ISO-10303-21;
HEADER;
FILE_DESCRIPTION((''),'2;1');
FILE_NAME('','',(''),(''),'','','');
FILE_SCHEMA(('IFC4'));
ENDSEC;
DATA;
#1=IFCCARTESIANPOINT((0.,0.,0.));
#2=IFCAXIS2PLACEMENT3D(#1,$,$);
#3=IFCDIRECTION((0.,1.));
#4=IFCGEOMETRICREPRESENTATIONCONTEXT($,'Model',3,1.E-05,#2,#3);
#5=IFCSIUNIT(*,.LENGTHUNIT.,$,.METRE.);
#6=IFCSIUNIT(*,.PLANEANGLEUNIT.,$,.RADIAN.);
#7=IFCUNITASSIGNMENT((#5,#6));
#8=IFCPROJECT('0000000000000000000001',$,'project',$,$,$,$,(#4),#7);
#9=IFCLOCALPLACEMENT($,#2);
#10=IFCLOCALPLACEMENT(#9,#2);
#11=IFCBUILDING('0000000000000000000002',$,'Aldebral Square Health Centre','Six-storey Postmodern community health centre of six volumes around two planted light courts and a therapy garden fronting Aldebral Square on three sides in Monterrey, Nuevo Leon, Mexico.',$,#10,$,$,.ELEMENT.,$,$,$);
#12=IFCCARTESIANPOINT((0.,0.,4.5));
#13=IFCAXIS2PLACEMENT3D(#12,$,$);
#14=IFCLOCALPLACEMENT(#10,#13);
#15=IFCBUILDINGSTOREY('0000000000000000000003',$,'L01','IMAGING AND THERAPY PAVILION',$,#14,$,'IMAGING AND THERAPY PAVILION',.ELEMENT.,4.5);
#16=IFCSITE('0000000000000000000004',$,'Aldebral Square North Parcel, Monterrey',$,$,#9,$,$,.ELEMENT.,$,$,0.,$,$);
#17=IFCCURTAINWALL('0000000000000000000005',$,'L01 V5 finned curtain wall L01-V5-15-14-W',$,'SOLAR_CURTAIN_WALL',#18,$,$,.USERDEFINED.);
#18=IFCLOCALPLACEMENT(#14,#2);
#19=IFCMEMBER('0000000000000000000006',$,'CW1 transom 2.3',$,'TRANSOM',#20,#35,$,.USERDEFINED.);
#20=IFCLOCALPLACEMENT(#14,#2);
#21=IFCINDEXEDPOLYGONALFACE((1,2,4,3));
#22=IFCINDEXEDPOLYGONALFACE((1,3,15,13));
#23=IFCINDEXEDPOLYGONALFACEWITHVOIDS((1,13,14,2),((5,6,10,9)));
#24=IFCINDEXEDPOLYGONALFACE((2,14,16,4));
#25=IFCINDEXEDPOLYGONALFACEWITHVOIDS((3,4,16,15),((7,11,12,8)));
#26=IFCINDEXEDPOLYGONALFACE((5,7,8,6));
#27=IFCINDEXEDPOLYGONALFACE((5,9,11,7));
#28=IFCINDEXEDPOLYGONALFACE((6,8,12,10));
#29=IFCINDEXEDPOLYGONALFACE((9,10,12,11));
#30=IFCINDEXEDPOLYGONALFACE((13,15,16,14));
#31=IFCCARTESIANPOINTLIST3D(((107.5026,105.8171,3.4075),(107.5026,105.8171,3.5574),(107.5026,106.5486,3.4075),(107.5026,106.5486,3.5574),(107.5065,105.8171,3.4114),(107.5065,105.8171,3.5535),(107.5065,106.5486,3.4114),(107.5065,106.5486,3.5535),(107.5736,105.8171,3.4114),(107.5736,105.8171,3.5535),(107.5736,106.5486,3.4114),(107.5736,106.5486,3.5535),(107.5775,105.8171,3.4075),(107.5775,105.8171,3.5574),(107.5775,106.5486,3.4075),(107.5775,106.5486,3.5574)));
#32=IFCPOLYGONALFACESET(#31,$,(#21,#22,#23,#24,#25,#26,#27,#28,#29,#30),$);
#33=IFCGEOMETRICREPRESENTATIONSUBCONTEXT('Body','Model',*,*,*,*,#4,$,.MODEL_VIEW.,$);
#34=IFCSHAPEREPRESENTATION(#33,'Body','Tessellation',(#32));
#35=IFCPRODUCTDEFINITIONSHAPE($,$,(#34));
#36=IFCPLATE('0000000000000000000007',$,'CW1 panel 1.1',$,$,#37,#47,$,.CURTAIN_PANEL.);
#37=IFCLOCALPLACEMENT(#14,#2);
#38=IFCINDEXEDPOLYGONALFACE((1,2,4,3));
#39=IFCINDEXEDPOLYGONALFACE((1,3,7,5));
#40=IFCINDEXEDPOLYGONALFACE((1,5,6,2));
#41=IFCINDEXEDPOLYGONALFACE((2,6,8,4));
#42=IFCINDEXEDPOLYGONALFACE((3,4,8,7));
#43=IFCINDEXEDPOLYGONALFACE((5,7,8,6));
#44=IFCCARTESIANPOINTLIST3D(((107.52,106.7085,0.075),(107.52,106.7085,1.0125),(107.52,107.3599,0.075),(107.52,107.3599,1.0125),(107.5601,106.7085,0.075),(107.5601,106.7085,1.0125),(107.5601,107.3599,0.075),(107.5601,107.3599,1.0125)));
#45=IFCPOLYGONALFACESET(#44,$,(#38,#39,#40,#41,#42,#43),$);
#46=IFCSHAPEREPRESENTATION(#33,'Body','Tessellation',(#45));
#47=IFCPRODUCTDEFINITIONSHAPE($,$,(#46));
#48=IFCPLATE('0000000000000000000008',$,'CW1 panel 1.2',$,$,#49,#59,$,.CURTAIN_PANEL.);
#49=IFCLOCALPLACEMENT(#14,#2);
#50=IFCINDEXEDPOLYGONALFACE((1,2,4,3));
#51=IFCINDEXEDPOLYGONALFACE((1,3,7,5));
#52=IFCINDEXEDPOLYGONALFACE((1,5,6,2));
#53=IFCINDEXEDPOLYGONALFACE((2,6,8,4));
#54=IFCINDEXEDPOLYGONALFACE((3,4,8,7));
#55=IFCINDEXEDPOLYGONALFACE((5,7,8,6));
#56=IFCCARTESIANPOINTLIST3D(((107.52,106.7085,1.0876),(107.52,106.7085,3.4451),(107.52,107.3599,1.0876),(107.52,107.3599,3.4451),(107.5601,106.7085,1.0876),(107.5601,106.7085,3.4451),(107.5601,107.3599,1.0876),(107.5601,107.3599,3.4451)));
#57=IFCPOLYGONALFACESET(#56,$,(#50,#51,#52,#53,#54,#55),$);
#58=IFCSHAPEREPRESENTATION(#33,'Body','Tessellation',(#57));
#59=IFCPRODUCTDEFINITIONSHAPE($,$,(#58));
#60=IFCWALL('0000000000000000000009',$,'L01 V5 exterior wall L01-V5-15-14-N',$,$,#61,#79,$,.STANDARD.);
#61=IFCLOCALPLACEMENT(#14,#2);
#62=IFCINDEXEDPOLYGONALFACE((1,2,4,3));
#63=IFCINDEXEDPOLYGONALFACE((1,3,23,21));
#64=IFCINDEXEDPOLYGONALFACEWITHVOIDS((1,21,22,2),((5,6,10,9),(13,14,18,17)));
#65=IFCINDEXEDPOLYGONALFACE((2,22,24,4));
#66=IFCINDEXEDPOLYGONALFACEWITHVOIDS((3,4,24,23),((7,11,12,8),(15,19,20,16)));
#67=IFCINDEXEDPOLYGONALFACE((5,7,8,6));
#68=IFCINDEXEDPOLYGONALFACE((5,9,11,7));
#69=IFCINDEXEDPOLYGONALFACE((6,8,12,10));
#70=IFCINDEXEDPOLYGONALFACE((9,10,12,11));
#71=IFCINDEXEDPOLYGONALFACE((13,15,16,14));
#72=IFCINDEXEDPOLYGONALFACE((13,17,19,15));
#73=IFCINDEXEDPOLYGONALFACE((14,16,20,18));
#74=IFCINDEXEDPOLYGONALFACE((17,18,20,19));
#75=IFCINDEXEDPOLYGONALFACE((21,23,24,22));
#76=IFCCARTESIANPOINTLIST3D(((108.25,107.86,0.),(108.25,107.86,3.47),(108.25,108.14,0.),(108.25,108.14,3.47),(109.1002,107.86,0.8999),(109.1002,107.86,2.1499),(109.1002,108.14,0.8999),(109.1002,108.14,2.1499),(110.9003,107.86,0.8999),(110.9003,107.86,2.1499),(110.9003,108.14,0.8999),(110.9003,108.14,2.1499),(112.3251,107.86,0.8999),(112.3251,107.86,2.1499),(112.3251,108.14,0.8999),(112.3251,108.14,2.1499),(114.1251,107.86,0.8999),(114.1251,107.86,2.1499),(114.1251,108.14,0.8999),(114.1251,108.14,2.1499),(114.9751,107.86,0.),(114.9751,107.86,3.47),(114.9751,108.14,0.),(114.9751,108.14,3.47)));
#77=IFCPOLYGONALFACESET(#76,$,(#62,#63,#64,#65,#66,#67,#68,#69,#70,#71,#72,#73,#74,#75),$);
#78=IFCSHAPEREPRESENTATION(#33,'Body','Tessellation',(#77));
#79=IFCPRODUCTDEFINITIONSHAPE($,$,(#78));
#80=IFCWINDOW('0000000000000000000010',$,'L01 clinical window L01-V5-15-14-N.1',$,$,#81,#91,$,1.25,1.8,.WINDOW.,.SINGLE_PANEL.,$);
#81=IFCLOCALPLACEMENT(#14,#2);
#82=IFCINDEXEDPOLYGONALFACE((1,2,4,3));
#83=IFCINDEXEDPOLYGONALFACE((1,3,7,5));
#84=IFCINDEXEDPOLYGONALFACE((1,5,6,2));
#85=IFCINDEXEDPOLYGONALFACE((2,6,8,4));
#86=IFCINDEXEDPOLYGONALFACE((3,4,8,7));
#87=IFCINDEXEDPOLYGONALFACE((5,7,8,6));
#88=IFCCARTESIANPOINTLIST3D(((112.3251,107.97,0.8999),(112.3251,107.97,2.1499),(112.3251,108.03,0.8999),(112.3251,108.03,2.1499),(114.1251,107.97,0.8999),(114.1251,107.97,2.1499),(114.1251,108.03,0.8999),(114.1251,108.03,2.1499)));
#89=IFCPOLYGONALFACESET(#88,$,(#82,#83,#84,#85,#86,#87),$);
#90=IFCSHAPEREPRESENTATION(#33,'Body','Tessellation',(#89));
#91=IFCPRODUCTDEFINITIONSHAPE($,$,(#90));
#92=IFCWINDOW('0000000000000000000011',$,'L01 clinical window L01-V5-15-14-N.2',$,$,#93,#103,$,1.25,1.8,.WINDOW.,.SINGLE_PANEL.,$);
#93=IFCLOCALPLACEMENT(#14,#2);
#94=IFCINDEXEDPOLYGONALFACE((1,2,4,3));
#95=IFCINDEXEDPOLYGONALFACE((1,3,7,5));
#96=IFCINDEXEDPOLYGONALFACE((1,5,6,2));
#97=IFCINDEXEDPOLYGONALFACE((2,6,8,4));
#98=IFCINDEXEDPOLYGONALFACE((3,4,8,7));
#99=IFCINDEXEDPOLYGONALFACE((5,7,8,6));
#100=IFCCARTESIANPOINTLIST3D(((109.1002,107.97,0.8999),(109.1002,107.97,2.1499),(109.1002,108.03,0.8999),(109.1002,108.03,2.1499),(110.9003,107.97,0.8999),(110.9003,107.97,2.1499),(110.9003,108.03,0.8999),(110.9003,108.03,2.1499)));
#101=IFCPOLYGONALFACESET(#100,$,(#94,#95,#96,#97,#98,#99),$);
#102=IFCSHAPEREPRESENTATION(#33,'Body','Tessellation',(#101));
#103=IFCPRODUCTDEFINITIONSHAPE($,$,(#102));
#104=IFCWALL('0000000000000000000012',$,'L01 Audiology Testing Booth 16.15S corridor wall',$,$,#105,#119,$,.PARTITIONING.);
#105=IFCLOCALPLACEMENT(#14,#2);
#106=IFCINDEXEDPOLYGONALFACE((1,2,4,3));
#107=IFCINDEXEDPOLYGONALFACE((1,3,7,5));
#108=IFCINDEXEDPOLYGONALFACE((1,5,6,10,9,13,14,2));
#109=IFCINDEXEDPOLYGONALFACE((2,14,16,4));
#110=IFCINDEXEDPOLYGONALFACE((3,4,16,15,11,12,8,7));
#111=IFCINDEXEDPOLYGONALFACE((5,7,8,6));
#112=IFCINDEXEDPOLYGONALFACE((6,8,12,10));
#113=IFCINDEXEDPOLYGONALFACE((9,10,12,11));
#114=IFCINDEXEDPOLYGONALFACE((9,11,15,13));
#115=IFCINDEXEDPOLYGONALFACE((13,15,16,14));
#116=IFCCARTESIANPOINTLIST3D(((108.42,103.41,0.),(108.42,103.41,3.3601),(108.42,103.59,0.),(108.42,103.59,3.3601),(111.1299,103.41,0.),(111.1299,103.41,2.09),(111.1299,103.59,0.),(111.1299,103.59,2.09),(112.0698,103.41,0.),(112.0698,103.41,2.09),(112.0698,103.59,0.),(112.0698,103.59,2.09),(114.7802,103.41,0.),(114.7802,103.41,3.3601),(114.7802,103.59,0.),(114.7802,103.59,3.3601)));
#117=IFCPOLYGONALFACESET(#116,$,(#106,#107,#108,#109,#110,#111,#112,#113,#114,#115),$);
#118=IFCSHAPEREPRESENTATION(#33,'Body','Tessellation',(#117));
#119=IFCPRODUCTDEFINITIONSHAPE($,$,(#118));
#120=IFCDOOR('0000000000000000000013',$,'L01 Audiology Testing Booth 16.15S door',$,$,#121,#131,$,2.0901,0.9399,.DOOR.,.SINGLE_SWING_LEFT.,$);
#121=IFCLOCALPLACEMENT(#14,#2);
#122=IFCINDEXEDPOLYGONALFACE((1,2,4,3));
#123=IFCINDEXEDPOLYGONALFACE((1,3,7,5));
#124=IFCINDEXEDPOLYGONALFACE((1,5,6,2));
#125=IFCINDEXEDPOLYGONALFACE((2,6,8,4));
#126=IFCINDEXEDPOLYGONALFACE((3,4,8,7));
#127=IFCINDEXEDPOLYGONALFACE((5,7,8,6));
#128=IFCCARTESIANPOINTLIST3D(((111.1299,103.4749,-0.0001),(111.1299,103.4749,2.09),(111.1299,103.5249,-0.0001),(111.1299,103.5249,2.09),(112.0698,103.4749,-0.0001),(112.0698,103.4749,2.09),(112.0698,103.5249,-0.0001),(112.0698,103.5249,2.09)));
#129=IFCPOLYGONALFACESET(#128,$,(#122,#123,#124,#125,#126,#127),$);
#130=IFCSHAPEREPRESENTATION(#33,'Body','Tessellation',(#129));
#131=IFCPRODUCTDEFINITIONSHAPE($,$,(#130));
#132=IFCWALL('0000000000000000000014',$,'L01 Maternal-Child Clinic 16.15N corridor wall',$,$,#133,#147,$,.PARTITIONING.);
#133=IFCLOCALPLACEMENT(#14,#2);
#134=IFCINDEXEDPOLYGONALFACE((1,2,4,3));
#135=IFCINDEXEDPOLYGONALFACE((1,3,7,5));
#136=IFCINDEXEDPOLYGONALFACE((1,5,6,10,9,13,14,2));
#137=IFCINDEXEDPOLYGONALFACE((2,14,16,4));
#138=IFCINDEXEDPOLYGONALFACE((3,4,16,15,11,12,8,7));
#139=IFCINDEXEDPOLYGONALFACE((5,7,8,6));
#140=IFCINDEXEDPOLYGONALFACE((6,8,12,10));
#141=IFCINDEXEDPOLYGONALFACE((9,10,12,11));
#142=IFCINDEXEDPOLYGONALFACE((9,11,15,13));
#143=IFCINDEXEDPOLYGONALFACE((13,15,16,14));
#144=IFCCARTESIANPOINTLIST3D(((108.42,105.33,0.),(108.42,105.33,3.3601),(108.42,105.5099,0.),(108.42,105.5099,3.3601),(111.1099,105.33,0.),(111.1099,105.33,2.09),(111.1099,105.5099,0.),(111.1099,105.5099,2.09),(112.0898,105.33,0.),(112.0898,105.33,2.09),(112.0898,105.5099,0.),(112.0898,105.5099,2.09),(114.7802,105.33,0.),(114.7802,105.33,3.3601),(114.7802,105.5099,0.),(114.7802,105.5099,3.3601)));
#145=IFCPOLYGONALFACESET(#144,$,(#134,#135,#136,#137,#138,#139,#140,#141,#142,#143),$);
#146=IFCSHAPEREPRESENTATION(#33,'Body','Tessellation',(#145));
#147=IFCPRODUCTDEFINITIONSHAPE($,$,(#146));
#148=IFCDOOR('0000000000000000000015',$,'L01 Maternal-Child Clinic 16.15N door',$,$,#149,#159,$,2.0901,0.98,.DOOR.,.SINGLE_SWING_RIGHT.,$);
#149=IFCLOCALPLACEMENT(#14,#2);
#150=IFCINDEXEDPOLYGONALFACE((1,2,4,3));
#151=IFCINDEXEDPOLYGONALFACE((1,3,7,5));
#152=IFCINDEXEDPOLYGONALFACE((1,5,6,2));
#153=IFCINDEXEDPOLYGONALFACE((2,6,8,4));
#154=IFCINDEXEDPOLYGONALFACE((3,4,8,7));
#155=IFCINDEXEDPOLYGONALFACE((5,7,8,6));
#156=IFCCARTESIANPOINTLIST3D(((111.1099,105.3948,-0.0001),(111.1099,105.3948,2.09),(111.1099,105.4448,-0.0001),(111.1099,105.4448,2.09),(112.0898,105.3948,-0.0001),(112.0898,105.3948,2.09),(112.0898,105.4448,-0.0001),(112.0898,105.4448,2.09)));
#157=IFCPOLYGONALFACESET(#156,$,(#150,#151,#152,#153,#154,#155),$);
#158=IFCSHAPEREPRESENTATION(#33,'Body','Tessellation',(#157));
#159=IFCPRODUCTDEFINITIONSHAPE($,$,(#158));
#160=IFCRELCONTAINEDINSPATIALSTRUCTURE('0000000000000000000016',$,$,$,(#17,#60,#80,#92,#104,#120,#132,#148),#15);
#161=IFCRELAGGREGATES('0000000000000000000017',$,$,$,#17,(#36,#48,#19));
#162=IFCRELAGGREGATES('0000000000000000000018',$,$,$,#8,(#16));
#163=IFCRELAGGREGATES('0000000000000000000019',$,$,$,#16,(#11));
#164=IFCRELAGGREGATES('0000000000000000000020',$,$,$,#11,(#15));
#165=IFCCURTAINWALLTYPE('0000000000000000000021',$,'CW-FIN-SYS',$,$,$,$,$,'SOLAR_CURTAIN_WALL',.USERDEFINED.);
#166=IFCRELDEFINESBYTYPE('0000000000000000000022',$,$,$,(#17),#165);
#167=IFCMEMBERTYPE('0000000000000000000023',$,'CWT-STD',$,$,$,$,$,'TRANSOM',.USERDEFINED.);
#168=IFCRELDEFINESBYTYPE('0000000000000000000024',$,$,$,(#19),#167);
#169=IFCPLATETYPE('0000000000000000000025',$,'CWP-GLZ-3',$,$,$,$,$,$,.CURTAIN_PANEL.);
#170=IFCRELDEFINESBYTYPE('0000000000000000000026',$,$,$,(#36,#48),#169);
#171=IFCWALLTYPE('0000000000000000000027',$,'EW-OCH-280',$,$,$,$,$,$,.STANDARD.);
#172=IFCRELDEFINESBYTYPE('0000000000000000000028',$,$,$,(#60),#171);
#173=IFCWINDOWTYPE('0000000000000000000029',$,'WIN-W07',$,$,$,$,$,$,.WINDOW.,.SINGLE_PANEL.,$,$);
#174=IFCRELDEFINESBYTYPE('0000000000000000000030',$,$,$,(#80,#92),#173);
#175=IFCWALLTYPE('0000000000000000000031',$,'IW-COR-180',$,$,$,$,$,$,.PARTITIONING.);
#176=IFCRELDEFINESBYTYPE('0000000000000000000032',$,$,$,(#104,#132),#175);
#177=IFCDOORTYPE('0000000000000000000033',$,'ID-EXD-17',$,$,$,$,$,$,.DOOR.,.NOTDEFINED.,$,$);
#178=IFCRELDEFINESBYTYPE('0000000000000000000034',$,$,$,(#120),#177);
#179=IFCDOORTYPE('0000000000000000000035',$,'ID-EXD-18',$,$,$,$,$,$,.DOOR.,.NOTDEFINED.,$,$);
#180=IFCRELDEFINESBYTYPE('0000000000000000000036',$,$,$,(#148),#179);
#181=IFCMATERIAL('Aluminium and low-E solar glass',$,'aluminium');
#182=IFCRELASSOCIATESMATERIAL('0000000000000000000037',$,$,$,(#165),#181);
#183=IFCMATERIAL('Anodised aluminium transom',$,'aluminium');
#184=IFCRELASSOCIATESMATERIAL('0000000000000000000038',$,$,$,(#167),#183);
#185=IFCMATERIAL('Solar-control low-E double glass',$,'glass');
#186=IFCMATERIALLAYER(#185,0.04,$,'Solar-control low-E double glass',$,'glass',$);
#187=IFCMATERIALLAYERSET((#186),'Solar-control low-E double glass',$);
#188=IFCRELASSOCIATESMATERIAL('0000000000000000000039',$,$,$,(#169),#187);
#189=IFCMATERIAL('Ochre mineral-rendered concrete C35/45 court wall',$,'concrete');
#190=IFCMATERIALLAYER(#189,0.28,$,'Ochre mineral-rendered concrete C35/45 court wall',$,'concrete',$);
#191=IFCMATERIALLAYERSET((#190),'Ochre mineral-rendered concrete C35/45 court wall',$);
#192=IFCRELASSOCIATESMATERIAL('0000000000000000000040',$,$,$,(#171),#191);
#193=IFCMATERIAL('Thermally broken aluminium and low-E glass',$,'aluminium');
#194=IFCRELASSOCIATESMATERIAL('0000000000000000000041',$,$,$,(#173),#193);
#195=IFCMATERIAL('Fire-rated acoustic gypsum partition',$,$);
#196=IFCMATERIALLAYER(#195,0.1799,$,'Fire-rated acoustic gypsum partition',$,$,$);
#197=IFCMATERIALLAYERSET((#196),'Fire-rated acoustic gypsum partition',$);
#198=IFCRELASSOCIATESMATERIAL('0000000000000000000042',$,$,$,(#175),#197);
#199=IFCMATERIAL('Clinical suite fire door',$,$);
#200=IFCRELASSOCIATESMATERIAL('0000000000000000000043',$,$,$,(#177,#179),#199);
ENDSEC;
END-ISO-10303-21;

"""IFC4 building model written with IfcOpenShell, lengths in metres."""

from ifc_helpers import new_model, si_unit, direction, frame, frame_2d, origin, origin_2d, place, context, subcontext, project, spatial, rectangle, hollow_rectangle, extrude, material, layer, layer_set, material_profile, profile_set, type_object, element, fill, aggregate, save


model = new_model("IFC4")

# Units and contexts
model_context = context("Model", 3, precision=1e-05, world=origin(), true_north=direction((0.0, 1.0)))
body_context = subcontext(model_context, "Body", "Model", "MODEL_VIEW")
ifc_project = project(units=[si_unit("LENGTHUNIT", "METRE"), si_unit("PLANEANGLEUNIT", "RADIAN")], contexts=[model_context])

# Site, building, storey
site_placement = place(None, origin())
site = spatial("IfcSite", under=ifc_project, at=site_placement, Name="Aldebral Square North Parcel, Monterrey", CompositionType="ELEMENT", RefElevation=0.0)
building_placement = place(site_placement, origin())
building = spatial("IfcBuilding", under=site, at=building_placement, Name="Aldebral Square Health Centre", Description="Six-storey Postmodern community health centre of six volumes around two planted light courts and a therapy garden fronting Aldebral Square on three sides in Monterrey, Nuevo Leon, Mexico.", CompositionType="ELEMENT")
storey_placement = place(building_placement, frame((0.0, 0.0, 4.5)))
storey = spatial("IfcBuildingStorey", under=building, at=storey_placement, Name="L01", Description="IMAGING AND THERAPY PAVILION", LongName="IMAGING AND THERAPY PAVILION", CompositionType="ELEMENT", Elevation=4.5)

# Curtain wall, member, plates
ifc_material_1 = material(Name="Aluminium and low-E solar glass", Category="aluminium")
curtain_wall_type = type_object("IfcCurtainWallType", Name="CW-FIN-SYS", ElementType="SOLAR_CURTAIN_WALL", PredefinedType="USERDEFINED", material=ifc_material_1)
curtain_wall_placement = place(storey_placement, origin())
curtain_wall = element("IfcCurtainWall", 1, at=curtain_wall_placement, inside=storey, type_object=curtain_wall_type, Name="L01 V5 finned curtain wall L01-V5-15-14-W", ObjectType="SOLAR_CURTAIN_WALL", PredefinedType="USERDEFINED")
ifc_material_2 = material(Name="Anodised aluminium transom", Category="aluminium")
ifc_material_profile_1 = material_profile(ifc_material_2, hollow_rectangle(XDim=0.075, YDim=0.1499, WallThickness=0.0039, at=origin_2d()), Name="CWT 75x150x4")
ifc_profile_set_1 = profile_set([ifc_material_profile_1], Name="Anodised aluminium transom")
member_type_1 = type_object("IfcMemberType", Name="CWT-STD", ElementType="TRANSOM", PredefinedType="USERDEFINED", material=ifc_profile_set_1)
member_1_placement = place(storey_placement, frame((107.54, 106.5486, 3.4824), z_axis=(0.0, -1.0, 0.0), x_axis=(1.0, 0.0, 0.0)))
member_1 = element("IfcMember", 2, at=member_1_placement, type_object=member_type_1, Name="CW1 transom 2.3", ObjectType="TRANSOM", PredefinedType="USERDEFINED", context=body_context, shape_type="SweptSolid", body=[
    extrude(hollow_rectangle(XDim=0.075, YDim=0.1499, WallThickness=0.0039, at=origin_2d()), origin(), (0.0, 0.0, 1.0), 0.7314),
])
ifc_material_3 = material(Name="Solar-control low-E double glass", Category="glass")
ifc_layer_1 = layer(ifc_material_3, 0.04, Name="Solar-control low-E double glass", Category="glass")
ifc_layer_set_1 = layer_set([ifc_layer_1], Name="Solar-control low-E double glass")
plate_type = type_object("IfcPlateType", Name="CWP-GLZ-3", PredefinedType="CURTAIN_PANEL", material=ifc_layer_set_1)
plate_1_placement = place(storey_placement, frame((107.54, 107.0342, 0.075), z_axis=(0.0, 0.0, 1.0), x_axis=(0.0, -1.0, 0.0)))
plate_1 = element("IfcPlate", 3, at=plate_1_placement, type_object=plate_type, Name="CW1 panel 1.1", PredefinedType="CURTAIN_PANEL", context=body_context, shape_type="SweptSolid", body=[
    extrude(rectangle(XDim=0.6514, YDim=0.04, at=origin_2d()), origin(), (0.0, 0.0, 1.0), 0.9375),
])
plate_2_placement = place(storey_placement, frame((107.54, 107.0342, 1.0876), z_axis=(0.0, 0.0, 1.0), x_axis=(0.0, -1.0, 0.0)))
plate_2 = element("IfcPlate", 4, at=plate_2_placement, type_object=plate_type, Name="CW1 panel 1.2", PredefinedType="CURTAIN_PANEL", context=body_context, shape_type="SweptSolid", body=[
    extrude(rectangle(XDim=0.6514, YDim=0.04, at=origin_2d()), origin(), (0.0, 0.0, 1.0), 2.3574),
])
aggregate(curtain_wall, [plate_1, plate_2, member_1])

# Wall, openings, windows
ifc_material_4 = material(Name="Ochre mineral-rendered concrete C35/45 court wall", Category="concrete")
ifc_layer_2 = layer(ifc_material_4, 0.28, Name="Ochre mineral-rendered concrete C35/45 court wall", Category="concrete")
ifc_layer_set_2 = layer_set([ifc_layer_2], Name="Ochre mineral-rendered concrete C35/45 court wall")
wall_type_1 = type_object("IfcWallType", Name="EW-OCH-280", PredefinedType="STANDARD", material=ifc_layer_set_2)
wall_1_placement = place(storey_placement, frame((114.9751, 108.0, 0.0), z_axis=(0.0, 0.0, 1.0), x_axis=(-1.0, 0.0, 0.0)))
wall_1 = element("IfcWall", 5, at=wall_1_placement, inside=storey, type_object=wall_type_1, Name="L01 V5 exterior wall L01-V5-15-14-N", PredefinedType="STANDARD", context=body_context, shape_type="SweptSolid", body=[
    extrude(rectangle(XDim=6.7251, YDim=0.28, at=frame_2d((3.3625, 0.0))), origin(), (0.0, 0.0, 1.0), 3.47),
])
opening_1_placement = place(wall_1_placement, frame((0.8501, 0.0, 0.8999)))
opening_1 = element("IfcOpeningElement", 6, at=opening_1_placement, cuts=wall_1, PredefinedType="OPENING", context=body_context, shape_type="SweptSolid", body=[
    extrude(rectangle(XDim=1.8, YDim=1.25, at=frame_2d((0.8999, 0.625))), frame((0.0, 0.1499, 0.0), z_axis=(0.0, -1.0, 0.0), x_axis=(1.0, 0.0, 0.0)), (0.0, 0.0, 1.0), 0.3),
])
opening_2_placement = place(wall_1_placement, frame((4.075, 0.0, 0.8999)))
opening_2 = element("IfcOpeningElement", 7, at=opening_2_placement, cuts=wall_1, PredefinedType="OPENING", context=body_context, shape_type="SweptSolid", body=[
    extrude(rectangle(XDim=1.8, YDim=1.25, at=frame_2d((0.8999, 0.625))), frame((0.0, 0.1499, 0.0), z_axis=(0.0, -1.0, 0.0), x_axis=(1.0, 0.0, 0.0)), (0.0, 0.0, 1.0), 0.3),
])
ifc_material_5 = material(Name="Thermally broken aluminium and low-E glass", Category="aluminium")
window_type = type_object("IfcWindowType", Name="WIN-W07", PartitioningType="SINGLE_PANEL", PredefinedType="WINDOW", material=ifc_material_5)
window_1_placement = place(opening_1_placement, origin())
window_1 = element("IfcWindow", 8, at=window_1_placement, inside=storey, type_object=window_type, Name="L01 clinical window L01-V5-15-14-N.1", OverallHeight=1.25, OverallWidth=1.8, PartitioningType="SINGLE_PANEL", PredefinedType="WINDOW", context=body_context, shape_type="SweptSolid", body=[
    extrude(rectangle(XDim=1.8, YDim=1.25, at=frame_2d((0.8999, 0.625))), frame((0.0, 0.03, 0.0), z_axis=(0.0, -1.0, 0.0), x_axis=(1.0, 0.0, 0.0)), (0.0, 0.0, 1.0), 0.0601),
])
fill(opening_1, window_1)
window_2_placement = place(opening_2_placement, origin())
window_2 = element("IfcWindow", 9, at=window_2_placement, inside=storey, type_object=window_type, Name="L01 clinical window L01-V5-15-14-N.2", OverallHeight=1.25, OverallWidth=1.8, PartitioningType="SINGLE_PANEL", PredefinedType="WINDOW", context=body_context, shape_type="SweptSolid", body=[
    extrude(rectangle(XDim=1.8, YDim=1.25, at=frame_2d((0.8999, 0.625))), frame((0.0, 0.03, 0.0), z_axis=(0.0, -1.0, 0.0), x_axis=(1.0, 0.0, 0.0)), (0.0, 0.0, 1.0), 0.0601),
])
fill(opening_2, window_2)

# Walls, openings, doors
ifc_material_6 = material(Name="Fire-rated acoustic gypsum partition")
ifc_layer_3 = layer(ifc_material_6, 0.1799, Name="Fire-rated acoustic gypsum partition")
ifc_layer_set_3 = layer_set([ifc_layer_3], Name="Fire-rated acoustic gypsum partition")
wall_type_2 = type_object("IfcWallType", Name="IW-COR-180", PredefinedType="PARTITIONING", material=ifc_layer_set_3)
wall_2_placement = place(storey_placement, frame((108.4199, 103.5, 0.0), z_axis=(0.0, 0.0, 1.0), x_axis=(1.0, 0.0, 0.0)))
wall_2 = element("IfcWall", 10, at=wall_2_placement, inside=storey, type_object=wall_type_2, Name="L01 Audiology Testing Booth 16.15S corridor wall", PredefinedType="PARTITIONING", context=body_context, shape_type="SweptSolid", body=[
    extrude(rectangle(XDim=6.3601, YDim=0.1799, at=frame_2d((3.1802, 0.0))), origin(), (0.0, 0.0, 1.0), 3.3601),
])
opening_3_placement = place(wall_2_placement, frame((2.71, 0.0, 0.0)))
opening_3 = element("IfcOpeningElement", 11, at=opening_3_placement, cuts=wall_2, PredefinedType="OPENING", context=body_context, shape_type="SweptSolid", body=[
    extrude(rectangle(XDim=0.9399, YDim=2.0901, at=frame_2d((0.47, 1.0449))), frame((0.0, 0.1001, 0.0), z_axis=(0.0, -1.0, 0.0), x_axis=(1.0, 0.0, 0.0)), (0.0, 0.0, 1.0), 0.2),
])
ifc_material_7 = material(Name="Clinical suite fire door")
door_type_1 = type_object("IfcDoorType", Name="ID-EXD-17", OperationType="NOTDEFINED", PredefinedType="DOOR", material=ifc_material_7)
door_1_placement = place(opening_3_placement, origin())
door_1 = element("IfcDoor", 12, at=door_1_placement, inside=storey, type_object=door_type_1, Name="L01 Audiology Testing Booth 16.15S door", OperationType="SINGLE_SWING_LEFT", OverallHeight=2.0901, OverallWidth=0.9399, PredefinedType="DOOR", context=body_context, shape_type="SweptSolid", body=[
    extrude(rectangle(XDim=0.9399, YDim=2.0901, at=frame_2d((0.47, 1.0449))), frame((0.0, 0.0249, 0.0), z_axis=(0.0, -1.0, 0.0), x_axis=(1.0, 0.0, 0.0)), (0.0, 0.0, 1.0), 0.05),
])
fill(opening_3, door_1)
wall_3_placement = place(storey_placement, frame((108.4199, 105.4199, 0.0), z_axis=(0.0, 0.0, 1.0), x_axis=(1.0, 0.0, 0.0)))
wall_3 = element("IfcWall", 13, at=wall_3_placement, inside=storey, type_object=wall_type_2, Name="L01 Maternal-Child Clinic 16.15N corridor wall", PredefinedType="PARTITIONING", context=body_context, shape_type="SweptSolid", body=[
    extrude(rectangle(XDim=6.3601, YDim=0.1799, at=frame_2d((3.1802, 0.0))), origin(), (0.0, 0.0, 1.0), 3.3601),
])
opening_4_placement = place(wall_3_placement, frame((2.6899, 0.0, 0.0)))
opening_4 = element("IfcOpeningElement", 14, at=opening_4_placement, cuts=wall_3, PredefinedType="OPENING", context=body_context, shape_type="SweptSolid", body=[
    extrude(rectangle(XDim=0.98, YDim=2.0901, at=frame_2d((0.49, 1.0449))), frame((0.0, 0.1001, 0.0), z_axis=(0.0, -1.0, 0.0), x_axis=(1.0, 0.0, 0.0)), (0.0, 0.0, 1.0), 0.2),
])
door_type_2 = type_object("IfcDoorType", Name="ID-EXD-18", OperationType="NOTDEFINED", PredefinedType="DOOR", material=ifc_material_7)
door_2_placement = place(opening_4_placement, origin())
door_2 = element("IfcDoor", 15, at=door_2_placement, inside=storey, type_object=door_type_2, Name="L01 Maternal-Child Clinic 16.15N door", OperationType="SINGLE_SWING_RIGHT", OverallHeight=2.0901, OverallWidth=0.98, PredefinedType="DOOR", context=body_context, shape_type="SweptSolid", body=[
    extrude(rectangle(XDim=0.98, YDim=2.0901, at=frame_2d((0.49, 1.0449))), frame((0.0, 0.0249, 0.0), z_axis=(0.0, -1.0, 0.0), x_axis=(1.0, 0.0, 0.0)), (0.0, 0.0, 1.0), 0.05),
])
fill(opening_4, door_2)

save(model, "model.ifc")
